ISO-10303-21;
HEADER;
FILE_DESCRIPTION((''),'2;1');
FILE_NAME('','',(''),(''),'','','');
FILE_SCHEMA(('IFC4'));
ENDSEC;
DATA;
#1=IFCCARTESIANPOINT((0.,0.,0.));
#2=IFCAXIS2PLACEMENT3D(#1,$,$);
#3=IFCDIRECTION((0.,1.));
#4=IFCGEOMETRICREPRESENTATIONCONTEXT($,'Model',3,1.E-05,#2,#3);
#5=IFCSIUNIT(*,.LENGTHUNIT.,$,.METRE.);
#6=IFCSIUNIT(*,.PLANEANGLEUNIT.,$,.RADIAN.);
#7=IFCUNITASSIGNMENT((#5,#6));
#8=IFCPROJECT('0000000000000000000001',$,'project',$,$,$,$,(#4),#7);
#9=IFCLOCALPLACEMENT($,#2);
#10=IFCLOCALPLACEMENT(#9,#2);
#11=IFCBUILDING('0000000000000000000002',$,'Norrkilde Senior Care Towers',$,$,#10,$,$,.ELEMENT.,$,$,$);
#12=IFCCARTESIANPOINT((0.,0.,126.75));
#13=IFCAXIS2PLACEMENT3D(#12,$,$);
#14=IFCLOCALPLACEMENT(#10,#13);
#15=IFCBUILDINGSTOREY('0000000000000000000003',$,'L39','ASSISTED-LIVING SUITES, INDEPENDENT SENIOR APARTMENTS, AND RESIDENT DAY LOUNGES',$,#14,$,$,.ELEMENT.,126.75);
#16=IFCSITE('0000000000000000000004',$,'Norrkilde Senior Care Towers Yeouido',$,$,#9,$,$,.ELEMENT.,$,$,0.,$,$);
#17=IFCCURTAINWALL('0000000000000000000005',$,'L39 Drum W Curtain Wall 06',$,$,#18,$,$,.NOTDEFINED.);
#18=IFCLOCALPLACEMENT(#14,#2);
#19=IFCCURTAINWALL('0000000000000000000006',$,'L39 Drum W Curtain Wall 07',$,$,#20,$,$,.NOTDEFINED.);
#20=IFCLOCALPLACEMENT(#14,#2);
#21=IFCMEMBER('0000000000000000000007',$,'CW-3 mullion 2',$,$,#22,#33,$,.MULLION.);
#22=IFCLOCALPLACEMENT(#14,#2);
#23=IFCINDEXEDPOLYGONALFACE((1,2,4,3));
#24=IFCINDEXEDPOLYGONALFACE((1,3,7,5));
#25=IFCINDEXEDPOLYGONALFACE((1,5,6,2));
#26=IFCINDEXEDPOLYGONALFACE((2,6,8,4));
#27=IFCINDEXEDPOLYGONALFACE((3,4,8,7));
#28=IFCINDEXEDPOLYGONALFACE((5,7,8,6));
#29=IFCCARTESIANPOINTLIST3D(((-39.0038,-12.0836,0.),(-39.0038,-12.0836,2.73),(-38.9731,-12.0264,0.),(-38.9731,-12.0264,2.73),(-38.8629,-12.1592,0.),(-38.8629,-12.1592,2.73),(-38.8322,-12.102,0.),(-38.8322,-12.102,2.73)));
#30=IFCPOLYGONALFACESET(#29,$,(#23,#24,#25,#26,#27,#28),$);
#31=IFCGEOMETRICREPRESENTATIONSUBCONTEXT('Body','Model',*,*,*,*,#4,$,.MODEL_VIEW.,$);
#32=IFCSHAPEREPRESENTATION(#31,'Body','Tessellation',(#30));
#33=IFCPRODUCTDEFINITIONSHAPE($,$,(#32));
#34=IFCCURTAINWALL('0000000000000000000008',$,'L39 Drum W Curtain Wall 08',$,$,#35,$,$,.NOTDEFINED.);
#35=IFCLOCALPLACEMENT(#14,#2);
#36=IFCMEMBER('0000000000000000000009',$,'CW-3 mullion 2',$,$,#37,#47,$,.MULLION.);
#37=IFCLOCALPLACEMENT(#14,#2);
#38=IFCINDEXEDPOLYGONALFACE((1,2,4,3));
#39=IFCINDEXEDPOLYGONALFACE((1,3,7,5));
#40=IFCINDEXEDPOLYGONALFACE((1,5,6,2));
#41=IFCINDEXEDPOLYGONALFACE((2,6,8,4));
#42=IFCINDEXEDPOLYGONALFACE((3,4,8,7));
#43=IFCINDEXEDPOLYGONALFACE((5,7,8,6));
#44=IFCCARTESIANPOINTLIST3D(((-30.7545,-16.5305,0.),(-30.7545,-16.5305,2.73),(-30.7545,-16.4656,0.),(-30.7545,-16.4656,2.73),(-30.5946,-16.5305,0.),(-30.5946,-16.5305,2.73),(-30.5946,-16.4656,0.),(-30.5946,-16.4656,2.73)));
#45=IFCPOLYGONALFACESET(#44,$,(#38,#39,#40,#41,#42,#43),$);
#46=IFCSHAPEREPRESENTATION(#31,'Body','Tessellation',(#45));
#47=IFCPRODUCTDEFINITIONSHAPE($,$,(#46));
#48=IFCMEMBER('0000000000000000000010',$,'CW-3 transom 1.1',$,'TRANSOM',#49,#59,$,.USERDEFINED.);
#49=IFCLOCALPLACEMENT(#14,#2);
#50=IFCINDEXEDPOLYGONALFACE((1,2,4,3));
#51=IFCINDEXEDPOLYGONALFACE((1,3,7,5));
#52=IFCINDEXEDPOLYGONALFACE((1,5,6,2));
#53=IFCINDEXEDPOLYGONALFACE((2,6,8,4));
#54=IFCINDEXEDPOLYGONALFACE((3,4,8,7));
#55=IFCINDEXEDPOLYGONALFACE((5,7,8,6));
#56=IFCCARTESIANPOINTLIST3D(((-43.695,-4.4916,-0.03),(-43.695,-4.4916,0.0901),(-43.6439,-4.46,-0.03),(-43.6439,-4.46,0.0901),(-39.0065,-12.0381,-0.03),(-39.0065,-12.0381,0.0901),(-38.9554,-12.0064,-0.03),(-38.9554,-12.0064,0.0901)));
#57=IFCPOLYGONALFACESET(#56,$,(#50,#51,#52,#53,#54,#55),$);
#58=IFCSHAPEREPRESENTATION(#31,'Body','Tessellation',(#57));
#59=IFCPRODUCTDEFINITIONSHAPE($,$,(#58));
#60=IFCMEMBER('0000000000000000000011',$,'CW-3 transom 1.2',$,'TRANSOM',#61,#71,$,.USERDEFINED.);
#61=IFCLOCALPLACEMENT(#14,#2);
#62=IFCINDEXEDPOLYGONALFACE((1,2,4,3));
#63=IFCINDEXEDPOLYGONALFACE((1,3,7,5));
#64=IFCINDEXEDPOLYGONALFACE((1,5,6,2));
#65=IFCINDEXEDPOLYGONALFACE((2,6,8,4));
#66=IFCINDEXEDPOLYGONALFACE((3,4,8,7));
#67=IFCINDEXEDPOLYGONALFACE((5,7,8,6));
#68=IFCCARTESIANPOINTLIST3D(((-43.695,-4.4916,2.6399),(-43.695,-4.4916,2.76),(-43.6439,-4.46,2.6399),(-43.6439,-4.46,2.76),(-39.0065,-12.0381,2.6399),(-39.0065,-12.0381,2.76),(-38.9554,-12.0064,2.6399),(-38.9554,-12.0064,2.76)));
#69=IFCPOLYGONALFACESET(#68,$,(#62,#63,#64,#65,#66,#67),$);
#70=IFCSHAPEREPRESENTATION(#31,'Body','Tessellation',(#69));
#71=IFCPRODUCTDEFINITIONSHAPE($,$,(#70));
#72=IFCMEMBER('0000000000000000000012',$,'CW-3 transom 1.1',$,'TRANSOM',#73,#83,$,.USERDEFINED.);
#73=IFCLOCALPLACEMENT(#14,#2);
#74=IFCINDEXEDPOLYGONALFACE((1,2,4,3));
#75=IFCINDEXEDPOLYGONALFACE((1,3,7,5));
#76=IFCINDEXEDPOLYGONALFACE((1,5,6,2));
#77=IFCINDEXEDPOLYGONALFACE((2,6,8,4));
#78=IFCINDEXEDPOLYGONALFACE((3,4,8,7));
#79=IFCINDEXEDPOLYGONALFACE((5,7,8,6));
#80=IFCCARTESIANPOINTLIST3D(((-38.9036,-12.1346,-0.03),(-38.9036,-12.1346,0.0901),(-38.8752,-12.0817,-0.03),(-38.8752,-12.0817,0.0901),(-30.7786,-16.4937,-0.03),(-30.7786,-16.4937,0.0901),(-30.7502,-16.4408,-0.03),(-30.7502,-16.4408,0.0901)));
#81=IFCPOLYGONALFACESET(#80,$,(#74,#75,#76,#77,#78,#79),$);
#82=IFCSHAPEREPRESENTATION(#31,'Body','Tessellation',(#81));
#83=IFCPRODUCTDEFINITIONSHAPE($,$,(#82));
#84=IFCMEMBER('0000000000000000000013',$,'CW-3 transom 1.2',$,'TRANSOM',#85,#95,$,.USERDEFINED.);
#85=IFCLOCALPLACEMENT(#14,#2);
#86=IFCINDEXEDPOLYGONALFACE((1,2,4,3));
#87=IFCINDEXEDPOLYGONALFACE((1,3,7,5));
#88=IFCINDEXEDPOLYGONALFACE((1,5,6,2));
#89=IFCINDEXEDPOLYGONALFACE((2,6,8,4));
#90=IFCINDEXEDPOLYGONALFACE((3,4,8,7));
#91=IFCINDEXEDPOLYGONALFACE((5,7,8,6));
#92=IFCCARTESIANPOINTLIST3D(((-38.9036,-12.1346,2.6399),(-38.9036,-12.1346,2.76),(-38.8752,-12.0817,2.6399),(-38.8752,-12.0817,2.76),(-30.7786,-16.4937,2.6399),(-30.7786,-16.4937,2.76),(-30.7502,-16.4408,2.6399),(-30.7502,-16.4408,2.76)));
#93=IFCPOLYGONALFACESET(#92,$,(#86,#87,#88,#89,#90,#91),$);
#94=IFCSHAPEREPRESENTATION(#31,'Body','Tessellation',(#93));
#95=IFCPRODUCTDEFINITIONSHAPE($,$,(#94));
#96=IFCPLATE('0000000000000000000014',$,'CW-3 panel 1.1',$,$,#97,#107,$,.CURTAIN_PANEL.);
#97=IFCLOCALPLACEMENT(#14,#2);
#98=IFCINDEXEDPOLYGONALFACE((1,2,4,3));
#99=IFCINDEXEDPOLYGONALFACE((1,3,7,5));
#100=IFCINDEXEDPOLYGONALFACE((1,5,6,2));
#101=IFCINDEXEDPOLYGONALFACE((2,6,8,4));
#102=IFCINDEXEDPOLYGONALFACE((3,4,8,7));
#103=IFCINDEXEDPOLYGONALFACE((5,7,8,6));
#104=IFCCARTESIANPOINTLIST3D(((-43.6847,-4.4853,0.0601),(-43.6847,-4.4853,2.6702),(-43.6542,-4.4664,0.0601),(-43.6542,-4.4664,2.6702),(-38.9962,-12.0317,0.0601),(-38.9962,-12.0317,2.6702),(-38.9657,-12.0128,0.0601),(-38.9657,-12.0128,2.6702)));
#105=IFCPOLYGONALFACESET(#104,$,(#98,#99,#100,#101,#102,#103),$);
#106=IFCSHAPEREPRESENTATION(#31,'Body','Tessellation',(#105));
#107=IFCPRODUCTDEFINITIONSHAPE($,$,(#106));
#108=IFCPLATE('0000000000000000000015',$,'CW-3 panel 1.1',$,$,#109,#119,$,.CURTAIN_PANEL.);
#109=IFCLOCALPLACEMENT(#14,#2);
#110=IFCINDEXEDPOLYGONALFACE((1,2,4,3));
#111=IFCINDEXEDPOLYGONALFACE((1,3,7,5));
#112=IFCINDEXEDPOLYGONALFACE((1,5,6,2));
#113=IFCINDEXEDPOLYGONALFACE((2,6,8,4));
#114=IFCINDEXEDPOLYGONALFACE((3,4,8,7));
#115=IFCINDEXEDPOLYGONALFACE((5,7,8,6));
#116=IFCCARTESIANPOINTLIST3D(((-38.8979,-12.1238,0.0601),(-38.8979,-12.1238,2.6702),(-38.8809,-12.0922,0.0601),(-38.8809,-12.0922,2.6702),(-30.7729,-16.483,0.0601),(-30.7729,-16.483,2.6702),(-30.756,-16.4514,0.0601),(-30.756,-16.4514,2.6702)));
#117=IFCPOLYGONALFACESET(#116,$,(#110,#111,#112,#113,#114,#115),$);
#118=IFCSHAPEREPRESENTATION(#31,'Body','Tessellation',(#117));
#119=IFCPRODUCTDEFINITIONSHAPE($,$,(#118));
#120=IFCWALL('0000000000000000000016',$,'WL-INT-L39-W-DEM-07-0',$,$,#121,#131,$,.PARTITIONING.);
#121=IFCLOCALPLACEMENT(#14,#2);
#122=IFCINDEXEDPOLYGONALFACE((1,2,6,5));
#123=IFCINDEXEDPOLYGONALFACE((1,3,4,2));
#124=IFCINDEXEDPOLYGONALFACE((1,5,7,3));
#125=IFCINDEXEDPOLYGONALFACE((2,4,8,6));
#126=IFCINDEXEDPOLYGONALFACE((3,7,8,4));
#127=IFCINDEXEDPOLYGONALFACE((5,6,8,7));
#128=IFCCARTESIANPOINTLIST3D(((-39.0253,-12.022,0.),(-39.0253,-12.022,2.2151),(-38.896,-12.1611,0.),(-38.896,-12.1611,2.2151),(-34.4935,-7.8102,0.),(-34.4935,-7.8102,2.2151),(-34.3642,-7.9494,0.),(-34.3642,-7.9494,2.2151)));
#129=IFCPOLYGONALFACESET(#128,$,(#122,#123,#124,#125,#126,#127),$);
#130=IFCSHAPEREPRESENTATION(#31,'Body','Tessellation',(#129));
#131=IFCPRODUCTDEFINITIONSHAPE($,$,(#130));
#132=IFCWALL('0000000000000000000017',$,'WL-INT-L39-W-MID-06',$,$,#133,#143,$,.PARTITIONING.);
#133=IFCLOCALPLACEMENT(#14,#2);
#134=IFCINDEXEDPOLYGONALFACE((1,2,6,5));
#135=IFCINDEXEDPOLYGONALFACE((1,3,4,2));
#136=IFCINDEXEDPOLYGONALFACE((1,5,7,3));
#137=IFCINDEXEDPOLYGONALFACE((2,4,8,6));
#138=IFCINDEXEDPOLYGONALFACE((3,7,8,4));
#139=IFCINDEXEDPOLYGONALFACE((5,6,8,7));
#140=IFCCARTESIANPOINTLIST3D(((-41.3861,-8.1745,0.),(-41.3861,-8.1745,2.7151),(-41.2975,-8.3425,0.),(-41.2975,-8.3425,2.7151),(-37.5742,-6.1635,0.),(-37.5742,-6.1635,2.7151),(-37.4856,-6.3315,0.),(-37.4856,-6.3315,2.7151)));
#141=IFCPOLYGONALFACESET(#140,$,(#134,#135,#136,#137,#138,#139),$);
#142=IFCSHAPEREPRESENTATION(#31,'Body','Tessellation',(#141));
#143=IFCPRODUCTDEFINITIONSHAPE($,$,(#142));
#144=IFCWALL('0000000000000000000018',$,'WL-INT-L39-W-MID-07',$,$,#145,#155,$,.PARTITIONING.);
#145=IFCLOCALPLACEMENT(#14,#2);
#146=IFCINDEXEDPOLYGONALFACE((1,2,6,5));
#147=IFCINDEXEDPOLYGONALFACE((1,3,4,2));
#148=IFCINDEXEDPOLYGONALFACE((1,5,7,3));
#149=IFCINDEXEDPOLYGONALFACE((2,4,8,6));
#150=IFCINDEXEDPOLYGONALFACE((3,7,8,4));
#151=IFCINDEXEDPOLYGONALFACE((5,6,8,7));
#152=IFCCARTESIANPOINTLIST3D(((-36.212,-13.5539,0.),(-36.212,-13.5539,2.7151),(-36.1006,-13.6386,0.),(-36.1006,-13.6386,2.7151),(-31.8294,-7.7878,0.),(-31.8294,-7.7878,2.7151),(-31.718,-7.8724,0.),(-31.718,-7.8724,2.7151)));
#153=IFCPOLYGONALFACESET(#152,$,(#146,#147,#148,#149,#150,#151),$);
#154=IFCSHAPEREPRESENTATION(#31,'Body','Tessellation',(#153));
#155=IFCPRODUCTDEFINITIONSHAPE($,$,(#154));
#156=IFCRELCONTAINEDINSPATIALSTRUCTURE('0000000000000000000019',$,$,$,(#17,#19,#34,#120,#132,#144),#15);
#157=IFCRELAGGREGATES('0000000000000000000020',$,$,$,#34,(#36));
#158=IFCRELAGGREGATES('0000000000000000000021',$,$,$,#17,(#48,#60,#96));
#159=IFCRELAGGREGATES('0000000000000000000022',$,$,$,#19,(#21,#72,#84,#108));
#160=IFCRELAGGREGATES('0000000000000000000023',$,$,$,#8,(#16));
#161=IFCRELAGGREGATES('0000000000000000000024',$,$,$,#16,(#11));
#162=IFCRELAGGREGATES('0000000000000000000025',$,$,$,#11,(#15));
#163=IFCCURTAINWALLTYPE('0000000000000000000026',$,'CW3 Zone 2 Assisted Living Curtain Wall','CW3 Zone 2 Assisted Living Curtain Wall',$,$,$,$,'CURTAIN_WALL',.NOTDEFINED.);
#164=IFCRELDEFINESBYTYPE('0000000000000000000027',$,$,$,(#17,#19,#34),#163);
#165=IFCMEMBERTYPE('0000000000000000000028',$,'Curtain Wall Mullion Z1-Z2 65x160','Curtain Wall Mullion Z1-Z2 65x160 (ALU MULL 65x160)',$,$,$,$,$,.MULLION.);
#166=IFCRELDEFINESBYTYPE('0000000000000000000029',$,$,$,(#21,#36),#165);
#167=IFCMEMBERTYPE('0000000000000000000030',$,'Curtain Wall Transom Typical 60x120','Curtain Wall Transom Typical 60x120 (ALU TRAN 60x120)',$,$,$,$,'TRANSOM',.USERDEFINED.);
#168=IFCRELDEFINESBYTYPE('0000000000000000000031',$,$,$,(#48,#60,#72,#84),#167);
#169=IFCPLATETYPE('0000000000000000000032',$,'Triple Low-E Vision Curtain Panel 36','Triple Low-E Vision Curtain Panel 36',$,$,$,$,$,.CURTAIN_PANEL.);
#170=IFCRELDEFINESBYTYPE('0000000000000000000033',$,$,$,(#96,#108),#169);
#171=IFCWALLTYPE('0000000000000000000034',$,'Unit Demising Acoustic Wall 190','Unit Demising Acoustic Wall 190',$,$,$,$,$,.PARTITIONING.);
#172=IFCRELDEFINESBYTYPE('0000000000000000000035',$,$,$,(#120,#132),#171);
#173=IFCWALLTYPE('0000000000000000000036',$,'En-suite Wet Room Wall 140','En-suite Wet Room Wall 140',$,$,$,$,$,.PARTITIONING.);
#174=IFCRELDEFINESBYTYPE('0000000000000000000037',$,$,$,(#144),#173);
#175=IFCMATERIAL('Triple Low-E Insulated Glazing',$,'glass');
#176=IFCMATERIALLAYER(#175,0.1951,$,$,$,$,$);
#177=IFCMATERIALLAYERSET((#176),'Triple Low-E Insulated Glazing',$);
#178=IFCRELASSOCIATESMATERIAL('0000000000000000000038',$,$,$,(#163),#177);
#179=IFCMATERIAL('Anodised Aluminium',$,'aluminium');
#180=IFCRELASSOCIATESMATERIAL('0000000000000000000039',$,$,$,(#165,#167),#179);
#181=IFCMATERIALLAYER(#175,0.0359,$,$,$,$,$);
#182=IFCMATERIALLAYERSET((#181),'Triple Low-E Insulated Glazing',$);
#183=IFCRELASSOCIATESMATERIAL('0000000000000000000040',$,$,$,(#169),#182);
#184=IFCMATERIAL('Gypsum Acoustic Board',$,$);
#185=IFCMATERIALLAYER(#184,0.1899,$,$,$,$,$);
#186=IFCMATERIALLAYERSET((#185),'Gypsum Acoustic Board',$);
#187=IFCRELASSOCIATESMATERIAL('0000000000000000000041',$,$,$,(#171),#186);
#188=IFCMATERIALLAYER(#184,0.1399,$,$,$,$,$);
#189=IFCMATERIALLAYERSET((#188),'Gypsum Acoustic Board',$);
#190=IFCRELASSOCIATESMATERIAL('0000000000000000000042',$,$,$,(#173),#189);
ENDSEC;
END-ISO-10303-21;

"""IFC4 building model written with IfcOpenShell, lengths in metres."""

from ifc_helpers import new_model, si_unit, direction, frame, frame_2d, origin, origin_2d, place, context, subcontext, project, spatial, rectangle, extrude, source, transform, mapped, material, layer, layer_set, material_profile, profile_set, type_object, type_shapes, element, aggregate, save


model = new_model("IFC4")

# Units and contexts
model_context = context("Model", 3, precision=1e-05, world=origin(), true_north=direction((0.0, 1.0)))
body_context = subcontext(model_context, "Body", "Model", "MODEL_VIEW")
ifc_project = project(units=[si_unit("LENGTHUNIT", "METRE"), si_unit("PLANEANGLEUNIT", "RADIAN")], contexts=[model_context])

# Site, building, storey
site_placement = place(None, origin())
site = spatial("IfcSite", under=ifc_project, at=site_placement, Name="Norrkilde Senior Care Towers Yeouido", CompositionType="ELEMENT", RefElevation=0.0)
building_placement = place(site_placement, origin())
building = spatial("IfcBuilding", under=site, at=building_placement, Name="Norrkilde Senior Care Towers", CompositionType="ELEMENT")
storey_placement = place(building_placement, frame((0.0, 0.0, 126.75)))
storey = spatial("IfcBuildingStorey", under=building, at=storey_placement, Name="L39", Description="ASSISTED-LIVING SUITES, INDEPENDENT SENIOR APARTMENTS, AND RESIDENT DAY LOUNGES", CompositionType="ELEMENT", Elevation=126.75)

# Curtain wall
ifc_material_1 = material(Name="Triple Low-E Insulated Glazing", Category="glass")
ifc_layer_1 = layer(ifc_material_1, 0.1951)
ifc_layer_set_1 = layer_set([ifc_layer_1], Name="Triple Low-E Insulated Glazing")
curtain_wall_type = type_object("IfcCurtainWallType", Name="CW3 Zone 2 Assisted Living Curtain Wall", Description="CW3 Zone 2 Assisted Living Curtain Wall", ElementType="CURTAIN_WALL", PredefinedType="NOTDEFINED", material=ifc_layer_set_1)
curtain_wall_1_placement = place(storey_placement, origin())
curtain_wall_1 = element("IfcCurtainWall", 1, at=curtain_wall_1_placement, inside=storey, type_object=curtain_wall_type, Name="L39 Drum W Curtain Wall 06", PredefinedType="NOTDEFINED")
ifc_material_2 = material(Name="Anodised Aluminium", Category="aluminium")
ifc_material_profile_1 = material_profile(ifc_material_2, rectangle(XDim=0.0649, YDim=0.1599, at=origin_2d()), Name="ALU MULL 65x160")
ifc_profile_set_1 = profile_set([ifc_material_profile_1], Name="Anodised Aluminium")
member_type_1 = type_object("IfcMemberType", Name="Curtain Wall Mullion Z1-Z2 65x160", Description="Curtain Wall Mullion Z1-Z2 65x160 (ALU MULL 65x160)", PredefinedType="MULLION", material=ifc_profile_set_1)
shared_shape_1 = source(origin(), body_context, "Body", "SweptSolid", [
    extrude(rectangle(XDim=0.0649, YDim=0.1599, at=origin_2d()), origin(), (0.0, 0.0, 1.0), 2.73),
])
type_shapes(member_type_1, [shared_shape_1])

# Curtain wall, member
curtain_wall_2_placement = place(storey_placement, origin())
curtain_wall_2 = element("IfcCurtainWall", 2, at=curtain_wall_2_placement, inside=storey, type_object=curtain_wall_type, Name="L39 Drum W Curtain Wall 07", PredefinedType="NOTDEFINED")
member_1_placement = place(storey_placement, frame((-38.918, -12.0928, 0.0), z_axis=(0.0, 0.0, 1.0), x_axis=(-0.472769, -0.881186, 0.0)))
member_1 = element("IfcMember", 3, at=member_1_placement, type_object=member_type_1, Name="CW-3 mullion 2", PredefinedType="MULLION", context=body_context, shape_type="MappedRepresentation", body=[
    mapped(shared_shape_1, transform((0.0, 0.0, 0.0), x_axis=(1.0, 0.0, 0.0), y_axis=(0.0, 1.0, 0.0), z_axis=(0.0, 0.0, 1.0), scale=1.0)),
])

# Curtain wall, member
curtain_wall_3_placement = place(storey_placement, origin())
curtain_wall_3 = element("IfcCurtainWall", 4, at=curtain_wall_3_placement, inside=storey, type_object=curtain_wall_type, Name="L39 Drum W Curtain Wall 08", PredefinedType="NOTDEFINED")
member_2_placement = place(storey_placement, frame((-30.6746, -16.498, 0.0), z_axis=(0.0, 0.0, 1.0), x_axis=(0.0, -1.0, 0.0)))
member_2 = element("IfcMember", 5, at=member_2_placement, type_object=member_type_1, Name="CW-3 mullion 2", PredefinedType="MULLION", context=body_context, shape_type="MappedRepresentation", body=[
    mapped(shared_shape_1, transform((0.0, 0.0, 0.0), x_axis=(1.0, 0.0, 0.0), y_axis=(0.0, 1.0, 0.0), z_axis=(0.0, 0.0, 1.0), scale=1.0)),
])
aggregate(curtain_wall_3, [member_2])

# Members
ifc_material_profile_2 = material_profile(ifc_material_2, rectangle(XDim=0.0601, YDim=0.1201, at=origin_2d()), Name="ALU TRAN 60x120")
ifc_profile_set_2 = profile_set([ifc_material_profile_2], Name="Anodised Aluminium")
member_type_2 = type_object("IfcMemberType", Name="Curtain Wall Transom Typical 60x120", Description="Curtain Wall Transom Typical 60x120 (ALU TRAN 60x120)", ElementType="TRANSOM", PredefinedType="USERDEFINED", material=ifc_profile_set_2)
shared_shape_2 = source(origin(), body_context, "Body", "SweptSolid", [
    extrude(rectangle(XDim=0.0601, YDim=0.1201, at=origin_2d()), origin(), (0.0, 0.0, 1.0), 8.8843),
])
member_3_placement = place(storey_placement, frame((-38.981, -12.0222, 0.03), z_axis=(-0.527729, 0.849413, 0.0), x_axis=(-0.849413, -0.527729, 0.0)))
member_3 = element("IfcMember", 6, at=member_3_placement, type_object=member_type_2, Name="CW-3 transom 1.1", ObjectType="TRANSOM", PredefinedType="USERDEFINED", context=body_context, shape_type="MappedRepresentation", body=[
    mapped(shared_shape_2, transform((0.0, 0.0, 0.0), x_axis=(1.0, 0.0, 0.0), y_axis=(0.0, 1.0, 0.0), z_axis=(0.0, 0.0, 1.0), scale=1.0)),
])
member_4_placement = place(storey_placement, frame((-38.981, -12.0222, 2.7), z_axis=(-0.527729, 0.849413, 0.0), x_axis=(-0.849413, -0.527729, 0.0)))
member_4 = element("IfcMember", 7, at=member_4_placement, type_object=member_type_2, Name="CW-3 transom 1.2", ObjectType="TRANSOM", PredefinedType="USERDEFINED", context=body_context, shape_type="MappedRepresentation", body=[
    mapped(shared_shape_2, transform((0.0, 0.0, 0.0), x_axis=(1.0, 0.0, 0.0), y_axis=(0.0, 1.0, 0.0), z_axis=(0.0, 0.0, 1.0), scale=1.0)),
])
shared_shape_3 = source(origin(), body_context, "Body", "SweptSolid", [
    extrude(rectangle(XDim=0.0601, YDim=0.1201, at=origin_2d()), origin(), (0.0, 0.0, 1.0), 9.2205),
])
type_shapes(member_type_2, [shared_shape_2, shared_shape_3])
member_5_placement = place(storey_placement, frame((-30.7644, -16.4673, 0.03), z_axis=(-0.881189, 0.472765, 0.0), x_axis=(-0.472765, -0.881189, 0.0)))
member_5 = element("IfcMember", 8, at=member_5_placement, type_object=member_type_2, Name="CW-3 transom 1.1", ObjectType="TRANSOM", PredefinedType="USERDEFINED", context=body_context, shape_type="MappedRepresentation", body=[
    mapped(shared_shape_3, transform((0.0, 0.0, 0.0), x_axis=(1.0, 0.0, 0.0), y_axis=(0.0, 1.0, 0.0), z_axis=(0.0, 0.0, 1.0), scale=1.0)),
])
member_6_placement = place(storey_placement, frame((-30.7644, -16.4673, 2.7), z_axis=(-0.881189, 0.472765, 0.0), x_axis=(-0.472765, -0.881189, 0.0)))
member_6 = element("IfcMember", 9, at=member_6_placement, type_object=member_type_2, Name="CW-3 transom 1.2", ObjectType="TRANSOM", PredefinedType="USERDEFINED", context=body_context, shape_type="MappedRepresentation", body=[
    mapped(shared_shape_3, transform((0.0, 0.0, 0.0), x_axis=(1.0, 0.0, 0.0), y_axis=(0.0, 1.0, 0.0), z_axis=(0.0, 0.0, 1.0), scale=1.0)),
])

# Plates
ifc_layer_2 = layer(ifc_material_1, 0.0359)
ifc_layer_set_2 = layer_set([ifc_layer_2], Name="Triple Low-E Insulated Glazing")
plate_type = type_object("IfcPlateType", Name="Triple Low-E Vision Curtain Panel 36", Description="Triple Low-E Vision Curtain Panel 36", PredefinedType="CURTAIN_PANEL", material=ifc_layer_set_2)
shared_shape_4 = source(origin(), body_context, "Body", "SweptSolid", [
    extrude(rectangle(XDim=8.8843, YDim=0.0359, at=origin_2d()), origin(), (0.0, 0.0, 1.0), 2.6101),
])
plate_1_placement = place(storey_placement, frame((-41.3252, -8.249, 0.0601), z_axis=(0.0, 0.0, 1.0), x_axis=(-0.527733, 0.84941, 0.0)))
plate_1 = element("IfcPlate", 10, at=plate_1_placement, type_object=plate_type, Name="CW-3 panel 1.1", PredefinedType="CURTAIN_PANEL", context=body_context, shape_type="MappedRepresentation", body=[
    mapped(shared_shape_4, transform((0.0, 0.0, 0.0), x_axis=(1.0, 0.0, 0.0), y_axis=(0.0, 1.0, 0.0), z_axis=(0.0, 0.0, 1.0), scale=1.0)),
])
aggregate(curtain_wall_1, [member_3, member_4, plate_1])
shared_shape_5 = source(origin(), body_context, "Body", "SweptSolid", [
    extrude(rectangle(XDim=9.2205, YDim=0.0359, at=origin_2d()), origin(), (0.0, 0.0, 1.0), 2.6101),
])
type_shapes(plate_type, [shared_shape_4, shared_shape_5])
plate_2_placement = place(storey_placement, frame((-34.8269, -14.2876, 0.0601), z_axis=(0.0, 0.0, 1.0), x_axis=(-0.881186, 0.472769, 0.0)))
plate_2 = element("IfcPlate", 11, at=plate_2_placement, type_object=plate_type, Name="CW-3 panel 1.1", PredefinedType="CURTAIN_PANEL", context=body_context, shape_type="MappedRepresentation", body=[
    mapped(shared_shape_5, transform((0.0, 0.0, 0.0), x_axis=(1.0, 0.0, 0.0), y_axis=(0.0, 1.0, 0.0), z_axis=(0.0, 0.0, 1.0), scale=1.0)),
])
aggregate(curtain_wall_2, [member_1, member_5, member_6, plate_2])

# Shared definitions
ifc_material_3 = material(Name="Gypsum Acoustic Board")

# Walls
ifc_layer_3 = layer(ifc_material_3, 0.1899)
ifc_layer_set_3 = layer_set([ifc_layer_3], Name="Gypsum Acoustic Board")
wall_type_1 = type_object("IfcWallType", Name="Unit Demising Acoustic Wall 190", Description="Unit Demising Acoustic Wall 190", PredefinedType="PARTITIONING", material=ifc_layer_set_3)
shared_shape_6 = source(origin(), body_context, "Body", "SweptSolid", [
    extrude(rectangle(XDim=6.1868, YDim=0.1899, at=frame_2d((3.0933, 0.0))), origin(), (0.0, 0.0, 1.0), 2.2151),
])
wall_1_placement = place(storey_placement, frame((-34.429, -7.8799, 0.0), z_axis=(0.0, 0.0, 1.0), x_axis=(-0.732501, -0.680766, 0.0)))
element("IfcWall", 12, at=wall_1_placement, inside=storey, type_object=wall_type_1, Name="WL-INT-L39-W-DEM-07-0", PredefinedType="PARTITIONING", context=body_context, shape_type="MappedRepresentation", body=[
    mapped(shared_shape_6, transform((0.0, 0.0, 0.0), x_axis=(1.0, 0.0, 0.0), y_axis=(0.0, 1.0, 0.0), z_axis=(0.0, 0.0, 1.0), scale=1.0)),
])
shared_shape_7 = source(origin(), body_context, "Body", "SweptSolid", [
    extrude(rectangle(XDim=4.3098, YDim=0.1899, at=frame_2d((2.1548, 0.0))), origin(), (0.0, 0.0, 1.0), 2.7151),
])
type_shapes(wall_type_1, [shared_shape_6, shared_shape_7])
wall_2_placement = place(storey_placement, frame((-37.53, -6.2476, 0.0), z_axis=(0.0, 0.0, 1.0), x_axis=(-0.884459, -0.466617, 0.0)))
element("IfcWall", 13, at=wall_2_placement, inside=storey, type_object=wall_type_1, Name="WL-INT-L39-W-MID-06", PredefinedType="PARTITIONING", context=body_context, shape_type="MappedRepresentation", body=[
    mapped(shared_shape_7, transform((0.0, 0.0, 0.0), x_axis=(1.0, 0.0, 0.0), y_axis=(0.0, 1.0, 0.0), z_axis=(0.0, 0.0, 1.0), scale=1.0)),
])
ifc_layer_4 = layer(ifc_material_3, 0.1399)
ifc_layer_set_4 = layer_set([ifc_layer_4], Name="Gypsum Acoustic Board")
wall_type_2 = type_object("IfcWallType", Name="En-suite Wet Room Wall 140", Description="En-suite Wet Room Wall 140", PredefinedType="PARTITIONING", material=ifc_layer_set_4)
shared_shape_8 = source(origin(), body_context, "Body", "SweptSolid", [
    extrude(rectangle(XDim=7.2427, YDim=0.1399, at=frame_2d((3.6213, 0.0))), origin(), (0.0, 0.0, 1.0), 2.7151),
])
type_shapes(wall_type_2, [shared_shape_8])
wall_3_placement = place(storey_placement, frame((-31.7737, -7.8301, 0.0), z_axis=(0.0, 0.0, 1.0), x_axis=(-0.605111, -0.796141, 0.0)))
element("IfcWall", 14, at=wall_3_placement, inside=storey, type_object=wall_type_2, Name="WL-INT-L39-W-MID-07", PredefinedType="PARTITIONING", context=body_context, shape_type="MappedRepresentation", body=[
    mapped(shared_shape_8, transform((0.0, 0.0, 0.0), x_axis=(1.0, 0.0, 0.0), y_axis=(0.0, 1.0, 0.0), z_axis=(0.0, 0.0, 1.0), scale=1.0)),
])

save(model, "model.ifc")
